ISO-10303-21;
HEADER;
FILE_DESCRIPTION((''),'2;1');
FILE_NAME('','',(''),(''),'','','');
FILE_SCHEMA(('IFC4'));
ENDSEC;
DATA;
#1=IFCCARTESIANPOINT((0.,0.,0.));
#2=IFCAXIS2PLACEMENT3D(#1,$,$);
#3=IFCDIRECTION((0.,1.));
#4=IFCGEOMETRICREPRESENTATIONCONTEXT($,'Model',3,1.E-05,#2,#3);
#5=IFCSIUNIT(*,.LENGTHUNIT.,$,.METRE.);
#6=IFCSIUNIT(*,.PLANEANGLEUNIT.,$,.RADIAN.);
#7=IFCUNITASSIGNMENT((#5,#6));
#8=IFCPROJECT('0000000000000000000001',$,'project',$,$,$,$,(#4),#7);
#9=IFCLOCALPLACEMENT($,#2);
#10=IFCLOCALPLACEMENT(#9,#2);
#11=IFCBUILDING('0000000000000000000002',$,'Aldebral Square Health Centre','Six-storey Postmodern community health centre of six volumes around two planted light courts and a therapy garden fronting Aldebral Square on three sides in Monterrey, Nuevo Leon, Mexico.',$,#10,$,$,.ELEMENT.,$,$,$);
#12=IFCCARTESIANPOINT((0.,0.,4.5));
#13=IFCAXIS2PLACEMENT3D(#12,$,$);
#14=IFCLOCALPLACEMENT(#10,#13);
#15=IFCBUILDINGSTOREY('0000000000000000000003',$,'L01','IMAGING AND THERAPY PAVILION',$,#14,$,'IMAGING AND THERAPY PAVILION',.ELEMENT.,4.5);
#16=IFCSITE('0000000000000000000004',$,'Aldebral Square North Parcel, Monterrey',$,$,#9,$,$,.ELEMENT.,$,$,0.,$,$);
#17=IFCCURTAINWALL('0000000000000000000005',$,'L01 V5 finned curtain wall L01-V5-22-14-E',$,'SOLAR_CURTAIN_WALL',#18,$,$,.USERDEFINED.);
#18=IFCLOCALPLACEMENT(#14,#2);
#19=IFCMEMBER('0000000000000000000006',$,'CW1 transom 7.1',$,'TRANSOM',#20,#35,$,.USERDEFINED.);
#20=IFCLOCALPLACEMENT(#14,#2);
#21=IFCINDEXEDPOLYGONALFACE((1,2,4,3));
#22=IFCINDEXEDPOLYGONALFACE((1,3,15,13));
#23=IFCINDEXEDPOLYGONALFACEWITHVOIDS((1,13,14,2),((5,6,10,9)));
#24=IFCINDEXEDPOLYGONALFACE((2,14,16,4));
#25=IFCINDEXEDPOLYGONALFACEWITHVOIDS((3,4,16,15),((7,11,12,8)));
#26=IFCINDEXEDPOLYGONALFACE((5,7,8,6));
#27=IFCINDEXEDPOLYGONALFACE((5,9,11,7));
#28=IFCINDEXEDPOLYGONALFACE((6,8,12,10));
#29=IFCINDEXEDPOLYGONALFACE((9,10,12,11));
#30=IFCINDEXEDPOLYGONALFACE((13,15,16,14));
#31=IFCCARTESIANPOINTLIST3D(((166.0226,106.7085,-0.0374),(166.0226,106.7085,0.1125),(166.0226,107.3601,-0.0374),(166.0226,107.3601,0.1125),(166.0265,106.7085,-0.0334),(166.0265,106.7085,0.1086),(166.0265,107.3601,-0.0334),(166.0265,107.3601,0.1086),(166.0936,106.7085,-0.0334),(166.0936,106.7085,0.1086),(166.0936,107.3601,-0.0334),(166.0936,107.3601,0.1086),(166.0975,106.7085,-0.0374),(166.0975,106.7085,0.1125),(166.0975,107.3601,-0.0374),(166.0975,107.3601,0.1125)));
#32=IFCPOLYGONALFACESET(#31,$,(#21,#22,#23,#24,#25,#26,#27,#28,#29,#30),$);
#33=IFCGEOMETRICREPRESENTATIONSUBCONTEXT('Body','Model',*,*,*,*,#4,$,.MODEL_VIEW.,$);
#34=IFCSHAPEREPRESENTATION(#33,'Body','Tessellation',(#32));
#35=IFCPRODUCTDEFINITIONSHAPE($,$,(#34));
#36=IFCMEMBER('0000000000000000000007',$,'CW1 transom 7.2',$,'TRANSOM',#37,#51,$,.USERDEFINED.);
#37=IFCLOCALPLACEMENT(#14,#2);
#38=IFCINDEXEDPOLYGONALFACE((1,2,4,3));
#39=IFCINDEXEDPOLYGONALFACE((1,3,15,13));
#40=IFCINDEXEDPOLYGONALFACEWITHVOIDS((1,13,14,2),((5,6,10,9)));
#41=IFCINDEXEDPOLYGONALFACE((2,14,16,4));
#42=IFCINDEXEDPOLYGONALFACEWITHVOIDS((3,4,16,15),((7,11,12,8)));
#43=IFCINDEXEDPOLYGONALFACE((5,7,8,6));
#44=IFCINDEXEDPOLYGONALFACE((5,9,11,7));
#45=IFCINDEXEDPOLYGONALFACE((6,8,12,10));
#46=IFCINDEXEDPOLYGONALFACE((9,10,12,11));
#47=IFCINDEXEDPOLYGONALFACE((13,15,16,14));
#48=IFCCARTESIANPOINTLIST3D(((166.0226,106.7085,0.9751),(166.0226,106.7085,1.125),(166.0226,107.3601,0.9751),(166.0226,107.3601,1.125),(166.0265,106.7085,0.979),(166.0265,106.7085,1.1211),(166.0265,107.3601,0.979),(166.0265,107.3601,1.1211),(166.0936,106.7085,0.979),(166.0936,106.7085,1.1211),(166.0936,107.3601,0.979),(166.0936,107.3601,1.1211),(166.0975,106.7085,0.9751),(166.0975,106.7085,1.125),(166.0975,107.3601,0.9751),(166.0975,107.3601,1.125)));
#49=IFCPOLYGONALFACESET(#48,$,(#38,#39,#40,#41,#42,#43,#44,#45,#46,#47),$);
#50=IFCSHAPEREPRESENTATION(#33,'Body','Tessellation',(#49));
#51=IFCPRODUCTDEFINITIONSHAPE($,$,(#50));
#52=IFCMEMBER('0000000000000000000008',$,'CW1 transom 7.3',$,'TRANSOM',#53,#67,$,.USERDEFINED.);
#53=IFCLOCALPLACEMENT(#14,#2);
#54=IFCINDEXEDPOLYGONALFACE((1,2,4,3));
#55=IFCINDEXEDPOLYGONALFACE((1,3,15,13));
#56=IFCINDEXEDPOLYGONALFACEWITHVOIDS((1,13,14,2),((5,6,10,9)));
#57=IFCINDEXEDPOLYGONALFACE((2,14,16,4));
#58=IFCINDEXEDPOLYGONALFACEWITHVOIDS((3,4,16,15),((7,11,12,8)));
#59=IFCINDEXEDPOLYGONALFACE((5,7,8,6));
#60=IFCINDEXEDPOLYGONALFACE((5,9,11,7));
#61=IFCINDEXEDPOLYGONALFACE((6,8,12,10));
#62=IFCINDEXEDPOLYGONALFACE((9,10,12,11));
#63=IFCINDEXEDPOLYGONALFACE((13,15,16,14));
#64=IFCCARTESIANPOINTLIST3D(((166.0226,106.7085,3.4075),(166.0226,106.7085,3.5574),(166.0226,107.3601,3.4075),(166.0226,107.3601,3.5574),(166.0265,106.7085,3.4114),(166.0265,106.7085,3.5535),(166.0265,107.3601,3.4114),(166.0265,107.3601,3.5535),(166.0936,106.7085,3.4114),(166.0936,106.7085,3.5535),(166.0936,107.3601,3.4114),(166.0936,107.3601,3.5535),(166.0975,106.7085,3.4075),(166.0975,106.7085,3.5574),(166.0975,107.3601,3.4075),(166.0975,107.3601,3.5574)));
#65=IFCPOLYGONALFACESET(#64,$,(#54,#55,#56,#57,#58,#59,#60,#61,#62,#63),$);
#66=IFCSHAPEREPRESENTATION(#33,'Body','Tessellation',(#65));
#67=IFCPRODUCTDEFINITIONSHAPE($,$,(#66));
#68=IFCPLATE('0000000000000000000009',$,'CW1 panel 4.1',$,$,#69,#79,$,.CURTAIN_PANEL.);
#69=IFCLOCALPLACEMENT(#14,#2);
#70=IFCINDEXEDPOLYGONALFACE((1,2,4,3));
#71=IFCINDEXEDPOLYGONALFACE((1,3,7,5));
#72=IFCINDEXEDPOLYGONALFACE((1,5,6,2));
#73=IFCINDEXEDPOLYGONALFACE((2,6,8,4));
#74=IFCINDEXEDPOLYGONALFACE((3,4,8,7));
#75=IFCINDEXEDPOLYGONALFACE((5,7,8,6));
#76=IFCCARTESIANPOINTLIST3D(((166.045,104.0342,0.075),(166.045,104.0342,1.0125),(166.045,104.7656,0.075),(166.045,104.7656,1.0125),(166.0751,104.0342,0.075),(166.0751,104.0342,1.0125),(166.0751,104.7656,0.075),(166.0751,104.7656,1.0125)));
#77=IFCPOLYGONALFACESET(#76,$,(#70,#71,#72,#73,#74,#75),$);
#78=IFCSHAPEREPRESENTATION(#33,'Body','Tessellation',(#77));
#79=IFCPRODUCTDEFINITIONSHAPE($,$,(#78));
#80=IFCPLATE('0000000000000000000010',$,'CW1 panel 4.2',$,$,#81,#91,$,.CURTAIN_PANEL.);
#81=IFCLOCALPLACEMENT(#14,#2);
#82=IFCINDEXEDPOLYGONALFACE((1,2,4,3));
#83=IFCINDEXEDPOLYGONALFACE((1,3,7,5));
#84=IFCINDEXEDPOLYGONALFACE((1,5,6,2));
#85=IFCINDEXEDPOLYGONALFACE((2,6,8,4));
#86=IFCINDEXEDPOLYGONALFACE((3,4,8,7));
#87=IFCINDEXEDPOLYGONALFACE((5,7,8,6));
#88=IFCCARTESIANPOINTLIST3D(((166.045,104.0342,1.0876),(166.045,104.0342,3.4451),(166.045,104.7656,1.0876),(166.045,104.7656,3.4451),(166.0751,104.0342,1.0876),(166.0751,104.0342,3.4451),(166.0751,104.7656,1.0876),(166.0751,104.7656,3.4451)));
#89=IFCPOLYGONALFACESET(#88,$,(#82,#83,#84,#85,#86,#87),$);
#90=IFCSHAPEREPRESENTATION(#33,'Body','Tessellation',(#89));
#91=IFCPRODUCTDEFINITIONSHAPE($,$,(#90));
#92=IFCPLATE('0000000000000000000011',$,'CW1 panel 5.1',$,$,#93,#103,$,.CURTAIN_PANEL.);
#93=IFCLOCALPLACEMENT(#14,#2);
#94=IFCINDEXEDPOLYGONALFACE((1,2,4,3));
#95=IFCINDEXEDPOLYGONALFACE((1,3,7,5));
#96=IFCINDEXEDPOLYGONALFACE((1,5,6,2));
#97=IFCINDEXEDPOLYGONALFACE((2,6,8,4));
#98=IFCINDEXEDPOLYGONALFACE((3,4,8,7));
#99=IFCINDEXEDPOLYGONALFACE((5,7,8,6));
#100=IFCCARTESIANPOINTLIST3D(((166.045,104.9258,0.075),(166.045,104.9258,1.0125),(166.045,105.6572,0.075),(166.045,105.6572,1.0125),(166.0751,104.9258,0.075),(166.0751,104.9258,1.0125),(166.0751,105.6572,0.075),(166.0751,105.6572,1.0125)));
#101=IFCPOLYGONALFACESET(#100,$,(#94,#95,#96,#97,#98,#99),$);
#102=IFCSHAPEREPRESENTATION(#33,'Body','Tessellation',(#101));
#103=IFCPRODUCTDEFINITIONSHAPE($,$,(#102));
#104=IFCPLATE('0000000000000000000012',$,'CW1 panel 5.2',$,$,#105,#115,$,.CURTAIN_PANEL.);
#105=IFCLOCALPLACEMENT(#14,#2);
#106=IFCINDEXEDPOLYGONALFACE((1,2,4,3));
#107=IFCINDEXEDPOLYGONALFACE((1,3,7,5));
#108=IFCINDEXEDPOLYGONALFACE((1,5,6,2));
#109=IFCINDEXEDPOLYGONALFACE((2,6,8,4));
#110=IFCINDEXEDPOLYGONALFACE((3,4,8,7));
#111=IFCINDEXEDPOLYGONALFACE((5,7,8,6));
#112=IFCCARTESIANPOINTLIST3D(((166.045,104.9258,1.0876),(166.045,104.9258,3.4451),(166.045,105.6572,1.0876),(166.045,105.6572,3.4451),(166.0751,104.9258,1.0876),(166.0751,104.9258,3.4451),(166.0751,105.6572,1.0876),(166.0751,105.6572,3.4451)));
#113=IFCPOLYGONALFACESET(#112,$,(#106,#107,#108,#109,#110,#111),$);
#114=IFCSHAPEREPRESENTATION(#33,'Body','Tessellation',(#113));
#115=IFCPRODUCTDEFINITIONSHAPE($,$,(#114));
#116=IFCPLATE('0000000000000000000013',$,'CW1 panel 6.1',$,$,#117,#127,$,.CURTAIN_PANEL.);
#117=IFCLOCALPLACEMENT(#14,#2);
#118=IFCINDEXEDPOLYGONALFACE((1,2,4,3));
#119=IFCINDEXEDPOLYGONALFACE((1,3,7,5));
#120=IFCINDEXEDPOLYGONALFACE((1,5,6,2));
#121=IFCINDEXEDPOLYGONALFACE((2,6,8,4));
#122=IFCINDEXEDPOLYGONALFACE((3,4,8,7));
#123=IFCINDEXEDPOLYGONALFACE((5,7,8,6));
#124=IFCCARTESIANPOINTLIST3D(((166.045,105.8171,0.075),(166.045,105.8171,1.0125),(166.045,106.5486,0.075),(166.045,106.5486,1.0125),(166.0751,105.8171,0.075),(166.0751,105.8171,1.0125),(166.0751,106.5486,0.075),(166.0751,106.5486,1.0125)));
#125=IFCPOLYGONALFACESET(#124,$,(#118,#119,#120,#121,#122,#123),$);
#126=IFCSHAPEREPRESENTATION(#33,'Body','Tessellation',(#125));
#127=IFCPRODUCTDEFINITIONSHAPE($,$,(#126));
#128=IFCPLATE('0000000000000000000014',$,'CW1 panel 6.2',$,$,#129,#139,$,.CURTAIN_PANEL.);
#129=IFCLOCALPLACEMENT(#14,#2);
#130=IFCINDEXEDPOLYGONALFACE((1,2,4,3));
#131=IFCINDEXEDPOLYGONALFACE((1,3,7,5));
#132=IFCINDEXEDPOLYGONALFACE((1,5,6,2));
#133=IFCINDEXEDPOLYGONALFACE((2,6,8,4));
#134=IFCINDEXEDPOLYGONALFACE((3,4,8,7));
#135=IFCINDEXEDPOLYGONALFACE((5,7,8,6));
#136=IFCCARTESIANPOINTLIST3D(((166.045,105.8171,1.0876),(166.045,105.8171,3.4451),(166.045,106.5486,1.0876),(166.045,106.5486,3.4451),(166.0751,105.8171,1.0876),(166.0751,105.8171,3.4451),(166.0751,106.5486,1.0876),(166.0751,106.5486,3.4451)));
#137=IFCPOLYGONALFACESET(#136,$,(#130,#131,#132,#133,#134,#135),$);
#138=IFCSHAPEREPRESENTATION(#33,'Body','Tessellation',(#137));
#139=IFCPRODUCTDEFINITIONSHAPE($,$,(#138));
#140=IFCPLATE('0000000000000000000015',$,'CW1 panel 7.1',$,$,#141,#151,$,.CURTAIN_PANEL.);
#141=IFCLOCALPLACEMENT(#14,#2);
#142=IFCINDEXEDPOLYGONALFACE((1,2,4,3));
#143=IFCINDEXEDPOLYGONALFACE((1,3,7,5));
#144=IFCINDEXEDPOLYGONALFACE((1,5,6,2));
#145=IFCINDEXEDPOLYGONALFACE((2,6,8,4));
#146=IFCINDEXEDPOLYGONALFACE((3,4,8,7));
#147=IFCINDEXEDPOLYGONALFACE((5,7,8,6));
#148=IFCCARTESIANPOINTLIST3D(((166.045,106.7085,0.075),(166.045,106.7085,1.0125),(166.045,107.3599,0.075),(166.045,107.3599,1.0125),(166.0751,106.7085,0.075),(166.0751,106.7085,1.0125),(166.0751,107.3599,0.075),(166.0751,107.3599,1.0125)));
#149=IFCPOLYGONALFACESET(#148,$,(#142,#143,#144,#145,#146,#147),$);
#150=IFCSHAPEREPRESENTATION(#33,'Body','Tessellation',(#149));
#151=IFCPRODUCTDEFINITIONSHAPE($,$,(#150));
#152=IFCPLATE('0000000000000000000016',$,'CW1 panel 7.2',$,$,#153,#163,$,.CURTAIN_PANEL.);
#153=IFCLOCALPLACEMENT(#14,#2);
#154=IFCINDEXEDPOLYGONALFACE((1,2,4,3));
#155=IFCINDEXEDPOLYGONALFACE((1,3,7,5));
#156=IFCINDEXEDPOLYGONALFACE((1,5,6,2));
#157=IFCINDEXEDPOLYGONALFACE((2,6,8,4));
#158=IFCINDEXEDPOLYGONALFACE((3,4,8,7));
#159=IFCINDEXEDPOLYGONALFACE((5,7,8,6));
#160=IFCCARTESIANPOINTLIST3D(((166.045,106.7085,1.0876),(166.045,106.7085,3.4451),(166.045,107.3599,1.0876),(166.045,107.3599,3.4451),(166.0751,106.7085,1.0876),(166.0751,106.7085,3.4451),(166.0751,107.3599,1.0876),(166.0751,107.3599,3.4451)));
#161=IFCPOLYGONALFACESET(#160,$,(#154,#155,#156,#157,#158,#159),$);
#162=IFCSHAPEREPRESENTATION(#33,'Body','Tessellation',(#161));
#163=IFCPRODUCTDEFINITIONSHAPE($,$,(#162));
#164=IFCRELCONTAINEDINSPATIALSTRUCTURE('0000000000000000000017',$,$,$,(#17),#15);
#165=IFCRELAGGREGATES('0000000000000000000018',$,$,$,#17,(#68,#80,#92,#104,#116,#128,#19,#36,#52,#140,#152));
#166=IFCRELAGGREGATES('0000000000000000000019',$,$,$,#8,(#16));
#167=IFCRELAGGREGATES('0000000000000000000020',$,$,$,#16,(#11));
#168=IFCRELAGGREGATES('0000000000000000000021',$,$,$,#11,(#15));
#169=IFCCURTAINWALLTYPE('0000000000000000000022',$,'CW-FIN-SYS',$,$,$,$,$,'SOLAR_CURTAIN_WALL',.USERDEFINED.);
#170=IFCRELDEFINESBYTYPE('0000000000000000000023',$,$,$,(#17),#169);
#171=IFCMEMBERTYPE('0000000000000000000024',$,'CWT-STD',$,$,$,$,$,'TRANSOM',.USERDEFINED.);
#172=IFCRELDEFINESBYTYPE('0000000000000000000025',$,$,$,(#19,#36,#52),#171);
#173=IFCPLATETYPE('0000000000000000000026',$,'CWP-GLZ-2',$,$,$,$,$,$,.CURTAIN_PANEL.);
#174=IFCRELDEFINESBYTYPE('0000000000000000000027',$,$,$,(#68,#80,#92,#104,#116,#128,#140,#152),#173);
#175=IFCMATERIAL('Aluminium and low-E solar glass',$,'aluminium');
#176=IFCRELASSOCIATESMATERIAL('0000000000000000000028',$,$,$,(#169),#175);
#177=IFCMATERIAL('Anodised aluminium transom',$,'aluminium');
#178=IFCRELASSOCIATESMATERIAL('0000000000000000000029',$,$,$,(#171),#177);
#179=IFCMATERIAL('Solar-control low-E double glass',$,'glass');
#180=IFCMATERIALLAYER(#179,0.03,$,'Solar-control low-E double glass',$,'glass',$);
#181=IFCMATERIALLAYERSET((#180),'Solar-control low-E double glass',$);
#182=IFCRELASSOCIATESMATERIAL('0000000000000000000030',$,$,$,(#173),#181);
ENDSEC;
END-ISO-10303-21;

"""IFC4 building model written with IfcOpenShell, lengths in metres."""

from ifc_helpers import new_model, si_unit, direction, frame, origin, origin_2d, place, context, subcontext, project, spatial, rectangle, hollow_rectangle, extrude, material, layer, layer_set, material_profile, profile_set, type_object, element, aggregate, save


model = new_model("IFC4")

# Units and contexts
model_context = context("Model", 3, precision=1e-05, world=origin(), true_north=direction((0.0, 1.0)))
body_context = subcontext(model_context, "Body", "Model", "MODEL_VIEW")
ifc_project = project(units=[si_unit("LENGTHUNIT", "METRE"), si_unit("PLANEANGLEUNIT", "RADIAN")], contexts=[model_context])

# Site, building, storey
site_placement = place(None, origin())
site = spatial("IfcSite", under=ifc_project, at=site_placement, Name="Aldebral Square North Parcel, Monterrey", CompositionType="ELEMENT", RefElevation=0.0)
building_placement = place(site_placement, origin())
building = spatial("IfcBuilding", under=site, at=building_placement, Name="Aldebral Square Health Centre", Description="Six-storey Postmodern community health centre of six volumes around two planted light courts and a therapy garden fronting Aldebral Square on three sides in Monterrey, Nuevo Leon, Mexico.", CompositionType="ELEMENT")
storey_placement = place(building_placement, frame((0.0, 0.0, 4.5)))
storey = spatial("IfcBuildingStorey", under=building, at=storey_placement, Name="L01", Description="IMAGING AND THERAPY PAVILION", LongName="IMAGING AND THERAPY PAVILION", CompositionType="ELEMENT", Elevation=4.5)

# Curtain wall, members, plates
ifc_material_1 = material(Name="Aluminium and low-E solar glass", Category="aluminium")
curtain_wall_type = type_object("IfcCurtainWallType", Name="CW-FIN-SYS", ElementType="SOLAR_CURTAIN_WALL", PredefinedType="USERDEFINED", material=ifc_material_1)
curtain_wall_placement = place(storey_placement, origin())
curtain_wall = element("IfcCurtainWall", 1, at=curtain_wall_placement, inside=storey, type_object=curtain_wall_type, Name="L01 V5 finned curtain wall L01-V5-22-14-E", ObjectType="SOLAR_CURTAIN_WALL", PredefinedType="USERDEFINED")
ifc_material_2 = material(Name="Anodised aluminium transom", Category="aluminium")
ifc_material_profile_1 = material_profile(ifc_material_2, hollow_rectangle(XDim=0.075, YDim=0.1499, WallThickness=0.0039, at=origin_2d()), Name="CWT 75x150x4")
ifc_profile_set_1 = profile_set([ifc_material_profile_1], Name="Anodised aluminium transom")
member_type_1 = type_object("IfcMemberType", Name="CWT-STD", ElementType="TRANSOM", PredefinedType="USERDEFINED", material=ifc_profile_set_1)
member_1_placement = place(storey_placement, frame((166.0601, 106.7085, 0.0376), z_axis=(0.0, 1.0, 0.0), x_axis=(-1.0, 0.0, 0.0)))
member_1 = element("IfcMember", 2, at=member_1_placement, type_object=member_type_1, Name="CW1 transom 7.1", ObjectType="TRANSOM", PredefinedType="USERDEFINED", context=body_context, shape_type="SweptSolid", body=[
    extrude(hollow_rectangle(XDim=0.075, YDim=0.1499, WallThickness=0.0039, at=origin_2d()), origin(), (0.0, 0.0, 1.0), 0.6516),
])
member_2_placement = place(storey_placement, frame((166.0601, 106.7085, 1.05), z_axis=(0.0, 1.0, 0.0), x_axis=(-1.0, 0.0, 0.0)))
member_2 = element("IfcMember", 3, at=member_2_placement, type_object=member_type_1, Name="CW1 transom 7.2", ObjectType="TRANSOM", PredefinedType="USERDEFINED", context=body_context, shape_type="SweptSolid", body=[
    extrude(hollow_rectangle(XDim=0.075, YDim=0.1499, WallThickness=0.0039, at=origin_2d()), origin(), (0.0, 0.0, 1.0), 0.6516),
])
member_3_placement = place(storey_placement, frame((166.0601, 106.7085, 3.4824), z_axis=(0.0, 1.0, 0.0), x_axis=(-1.0, 0.0, 0.0)))
member_3 = element("IfcMember", 4, at=member_3_placement, type_object=member_type_1, Name="CW1 transom 7.3", ObjectType="TRANSOM", PredefinedType="USERDEFINED", context=body_context, shape_type="SweptSolid", body=[
    extrude(hollow_rectangle(XDim=0.075, YDim=0.1499, WallThickness=0.0039, at=origin_2d()), origin(), (0.0, 0.0, 1.0), 0.6516),
])
ifc_material_3 = material(Name="Solar-control low-E double glass", Category="glass")
ifc_layer = layer(ifc_material_3, 0.03, Name="Solar-control low-E double glass", Category="glass")
ifc_layer_set = layer_set([ifc_layer], Name="Solar-control low-E double glass")
plate_type = type_object("IfcPlateType", Name="CWP-GLZ-2", PredefinedType="CURTAIN_PANEL", material=ifc_layer_set)
plate_1_placement = place(storey_placement, frame((166.0601, 104.3999, 0.075), z_axis=(0.0, 0.0, 1.0), x_axis=(0.0, 1.0, 0.0)))
plate_1 = element("IfcPlate", 5, at=plate_1_placement, type_object=plate_type, Name="CW1 panel 4.1", PredefinedType="CURTAIN_PANEL", context=body_context, shape_type="SweptSolid", body=[
    extrude(rectangle(XDim=0.7314, YDim=0.03, at=origin_2d()), origin(), (0.0, 0.0, 1.0), 0.9375),
])
plate_2_placement = place(storey_placement, frame((166.0601, 104.3999, 1.0876), z_axis=(0.0, 0.0, 1.0), x_axis=(0.0, 1.0, 0.0)))
plate_2 = element("IfcPlate", 6, at=plate_2_placement, type_object=plate_type, Name="CW1 panel 4.2", PredefinedType="CURTAIN_PANEL", context=body_context, shape_type="SweptSolid", body=[
    extrude(rectangle(XDim=0.7314, YDim=0.03, at=origin_2d()), origin(), (0.0, 0.0, 1.0), 2.3574),
])
plate_3_placement = place(storey_placement, frame((166.0601, 105.2915, 0.075), z_axis=(0.0, 0.0, 1.0), x_axis=(0.0, 1.0, 0.0)))
plate_3 = element("IfcPlate", 7, at=plate_3_placement, type_object=plate_type, Name="CW1 panel 5.1", PredefinedType="CURTAIN_PANEL", context=body_context, shape_type="SweptSolid", body=[
    extrude(rectangle(XDim=0.7314, YDim=0.03, at=origin_2d()), origin(), (0.0, 0.0, 1.0), 0.9375),
])
plate_4_placement = place(storey_placement, frame((166.0601, 105.2915, 1.0876), z_axis=(0.0, 0.0, 1.0), x_axis=(0.0, 1.0, 0.0)))
plate_4 = element("IfcPlate", 8, at=plate_4_placement, type_object=plate_type, Name="CW1 panel 5.2", PredefinedType="CURTAIN_PANEL", context=body_context, shape_type="SweptSolid", body=[
    extrude(rectangle(XDim=0.7314, YDim=0.03, at=origin_2d()), origin(), (0.0, 0.0, 1.0), 2.3574),
])
plate_5_placement = place(storey_placement, frame((166.0601, 106.1829, 0.075), z_axis=(0.0, 0.0, 1.0), x_axis=(0.0, 1.0, 0.0)))
plate_5 = element("IfcPlate", 9, at=plate_5_placement, type_object=plate_type, Name="CW1 panel 6.1", PredefinedType="CURTAIN_PANEL", context=body_context, shape_type="SweptSolid", body=[
    extrude(rectangle(XDim=0.7314, YDim=0.03, at=origin_2d()), origin(), (0.0, 0.0, 1.0), 0.9375),
])
plate_6_placement = place(storey_placement, frame((166.0601, 106.1829, 1.0876), z_axis=(0.0, 0.0, 1.0), x_axis=(0.0, 1.0, 0.0)))
plate_6 = element("IfcPlate", 10, at=plate_6_placement, type_object=plate_type, Name="CW1 panel 6.2", PredefinedType="CURTAIN_PANEL", context=body_context, shape_type="SweptSolid", body=[
    extrude(rectangle(XDim=0.7314, YDim=0.03, at=origin_2d()), origin(), (0.0, 0.0, 1.0), 2.3574),
])
plate_7_placement = place(storey_placement, frame((166.0601, 107.0342, 0.075), z_axis=(0.0, 0.0, 1.0), x_axis=(0.0, 1.0, 0.0)))
plate_7 = element("IfcPlate", 11, at=plate_7_placement, type_object=plate_type, Name="CW1 panel 7.1", PredefinedType="CURTAIN_PANEL", context=body_context, shape_type="SweptSolid", body=[
    extrude(rectangle(XDim=0.6514, YDim=0.03, at=origin_2d()), origin(), (0.0, 0.0, 1.0), 0.9375),
])
plate_8_placement = place(storey_placement, frame((166.0601, 107.0342, 1.0876), z_axis=(0.0, 0.0, 1.0), x_axis=(0.0, 1.0, 0.0)))
plate_8 = element("IfcPlate", 12, at=plate_8_placement, type_object=plate_type, Name="CW1 panel 7.2", PredefinedType="CURTAIN_PANEL", context=body_context, shape_type="SweptSolid", body=[
    extrude(rectangle(XDim=0.6514, YDim=0.03, at=origin_2d()), origin(), (0.0, 0.0, 1.0), 2.3574),
])
aggregate(curtain_wall, [plate_1, plate_2, plate_3, plate_4, plate_5, plate_6, member_1, member_2, member_3, plate_7, plate_8])

save(model, "model.ifc")
